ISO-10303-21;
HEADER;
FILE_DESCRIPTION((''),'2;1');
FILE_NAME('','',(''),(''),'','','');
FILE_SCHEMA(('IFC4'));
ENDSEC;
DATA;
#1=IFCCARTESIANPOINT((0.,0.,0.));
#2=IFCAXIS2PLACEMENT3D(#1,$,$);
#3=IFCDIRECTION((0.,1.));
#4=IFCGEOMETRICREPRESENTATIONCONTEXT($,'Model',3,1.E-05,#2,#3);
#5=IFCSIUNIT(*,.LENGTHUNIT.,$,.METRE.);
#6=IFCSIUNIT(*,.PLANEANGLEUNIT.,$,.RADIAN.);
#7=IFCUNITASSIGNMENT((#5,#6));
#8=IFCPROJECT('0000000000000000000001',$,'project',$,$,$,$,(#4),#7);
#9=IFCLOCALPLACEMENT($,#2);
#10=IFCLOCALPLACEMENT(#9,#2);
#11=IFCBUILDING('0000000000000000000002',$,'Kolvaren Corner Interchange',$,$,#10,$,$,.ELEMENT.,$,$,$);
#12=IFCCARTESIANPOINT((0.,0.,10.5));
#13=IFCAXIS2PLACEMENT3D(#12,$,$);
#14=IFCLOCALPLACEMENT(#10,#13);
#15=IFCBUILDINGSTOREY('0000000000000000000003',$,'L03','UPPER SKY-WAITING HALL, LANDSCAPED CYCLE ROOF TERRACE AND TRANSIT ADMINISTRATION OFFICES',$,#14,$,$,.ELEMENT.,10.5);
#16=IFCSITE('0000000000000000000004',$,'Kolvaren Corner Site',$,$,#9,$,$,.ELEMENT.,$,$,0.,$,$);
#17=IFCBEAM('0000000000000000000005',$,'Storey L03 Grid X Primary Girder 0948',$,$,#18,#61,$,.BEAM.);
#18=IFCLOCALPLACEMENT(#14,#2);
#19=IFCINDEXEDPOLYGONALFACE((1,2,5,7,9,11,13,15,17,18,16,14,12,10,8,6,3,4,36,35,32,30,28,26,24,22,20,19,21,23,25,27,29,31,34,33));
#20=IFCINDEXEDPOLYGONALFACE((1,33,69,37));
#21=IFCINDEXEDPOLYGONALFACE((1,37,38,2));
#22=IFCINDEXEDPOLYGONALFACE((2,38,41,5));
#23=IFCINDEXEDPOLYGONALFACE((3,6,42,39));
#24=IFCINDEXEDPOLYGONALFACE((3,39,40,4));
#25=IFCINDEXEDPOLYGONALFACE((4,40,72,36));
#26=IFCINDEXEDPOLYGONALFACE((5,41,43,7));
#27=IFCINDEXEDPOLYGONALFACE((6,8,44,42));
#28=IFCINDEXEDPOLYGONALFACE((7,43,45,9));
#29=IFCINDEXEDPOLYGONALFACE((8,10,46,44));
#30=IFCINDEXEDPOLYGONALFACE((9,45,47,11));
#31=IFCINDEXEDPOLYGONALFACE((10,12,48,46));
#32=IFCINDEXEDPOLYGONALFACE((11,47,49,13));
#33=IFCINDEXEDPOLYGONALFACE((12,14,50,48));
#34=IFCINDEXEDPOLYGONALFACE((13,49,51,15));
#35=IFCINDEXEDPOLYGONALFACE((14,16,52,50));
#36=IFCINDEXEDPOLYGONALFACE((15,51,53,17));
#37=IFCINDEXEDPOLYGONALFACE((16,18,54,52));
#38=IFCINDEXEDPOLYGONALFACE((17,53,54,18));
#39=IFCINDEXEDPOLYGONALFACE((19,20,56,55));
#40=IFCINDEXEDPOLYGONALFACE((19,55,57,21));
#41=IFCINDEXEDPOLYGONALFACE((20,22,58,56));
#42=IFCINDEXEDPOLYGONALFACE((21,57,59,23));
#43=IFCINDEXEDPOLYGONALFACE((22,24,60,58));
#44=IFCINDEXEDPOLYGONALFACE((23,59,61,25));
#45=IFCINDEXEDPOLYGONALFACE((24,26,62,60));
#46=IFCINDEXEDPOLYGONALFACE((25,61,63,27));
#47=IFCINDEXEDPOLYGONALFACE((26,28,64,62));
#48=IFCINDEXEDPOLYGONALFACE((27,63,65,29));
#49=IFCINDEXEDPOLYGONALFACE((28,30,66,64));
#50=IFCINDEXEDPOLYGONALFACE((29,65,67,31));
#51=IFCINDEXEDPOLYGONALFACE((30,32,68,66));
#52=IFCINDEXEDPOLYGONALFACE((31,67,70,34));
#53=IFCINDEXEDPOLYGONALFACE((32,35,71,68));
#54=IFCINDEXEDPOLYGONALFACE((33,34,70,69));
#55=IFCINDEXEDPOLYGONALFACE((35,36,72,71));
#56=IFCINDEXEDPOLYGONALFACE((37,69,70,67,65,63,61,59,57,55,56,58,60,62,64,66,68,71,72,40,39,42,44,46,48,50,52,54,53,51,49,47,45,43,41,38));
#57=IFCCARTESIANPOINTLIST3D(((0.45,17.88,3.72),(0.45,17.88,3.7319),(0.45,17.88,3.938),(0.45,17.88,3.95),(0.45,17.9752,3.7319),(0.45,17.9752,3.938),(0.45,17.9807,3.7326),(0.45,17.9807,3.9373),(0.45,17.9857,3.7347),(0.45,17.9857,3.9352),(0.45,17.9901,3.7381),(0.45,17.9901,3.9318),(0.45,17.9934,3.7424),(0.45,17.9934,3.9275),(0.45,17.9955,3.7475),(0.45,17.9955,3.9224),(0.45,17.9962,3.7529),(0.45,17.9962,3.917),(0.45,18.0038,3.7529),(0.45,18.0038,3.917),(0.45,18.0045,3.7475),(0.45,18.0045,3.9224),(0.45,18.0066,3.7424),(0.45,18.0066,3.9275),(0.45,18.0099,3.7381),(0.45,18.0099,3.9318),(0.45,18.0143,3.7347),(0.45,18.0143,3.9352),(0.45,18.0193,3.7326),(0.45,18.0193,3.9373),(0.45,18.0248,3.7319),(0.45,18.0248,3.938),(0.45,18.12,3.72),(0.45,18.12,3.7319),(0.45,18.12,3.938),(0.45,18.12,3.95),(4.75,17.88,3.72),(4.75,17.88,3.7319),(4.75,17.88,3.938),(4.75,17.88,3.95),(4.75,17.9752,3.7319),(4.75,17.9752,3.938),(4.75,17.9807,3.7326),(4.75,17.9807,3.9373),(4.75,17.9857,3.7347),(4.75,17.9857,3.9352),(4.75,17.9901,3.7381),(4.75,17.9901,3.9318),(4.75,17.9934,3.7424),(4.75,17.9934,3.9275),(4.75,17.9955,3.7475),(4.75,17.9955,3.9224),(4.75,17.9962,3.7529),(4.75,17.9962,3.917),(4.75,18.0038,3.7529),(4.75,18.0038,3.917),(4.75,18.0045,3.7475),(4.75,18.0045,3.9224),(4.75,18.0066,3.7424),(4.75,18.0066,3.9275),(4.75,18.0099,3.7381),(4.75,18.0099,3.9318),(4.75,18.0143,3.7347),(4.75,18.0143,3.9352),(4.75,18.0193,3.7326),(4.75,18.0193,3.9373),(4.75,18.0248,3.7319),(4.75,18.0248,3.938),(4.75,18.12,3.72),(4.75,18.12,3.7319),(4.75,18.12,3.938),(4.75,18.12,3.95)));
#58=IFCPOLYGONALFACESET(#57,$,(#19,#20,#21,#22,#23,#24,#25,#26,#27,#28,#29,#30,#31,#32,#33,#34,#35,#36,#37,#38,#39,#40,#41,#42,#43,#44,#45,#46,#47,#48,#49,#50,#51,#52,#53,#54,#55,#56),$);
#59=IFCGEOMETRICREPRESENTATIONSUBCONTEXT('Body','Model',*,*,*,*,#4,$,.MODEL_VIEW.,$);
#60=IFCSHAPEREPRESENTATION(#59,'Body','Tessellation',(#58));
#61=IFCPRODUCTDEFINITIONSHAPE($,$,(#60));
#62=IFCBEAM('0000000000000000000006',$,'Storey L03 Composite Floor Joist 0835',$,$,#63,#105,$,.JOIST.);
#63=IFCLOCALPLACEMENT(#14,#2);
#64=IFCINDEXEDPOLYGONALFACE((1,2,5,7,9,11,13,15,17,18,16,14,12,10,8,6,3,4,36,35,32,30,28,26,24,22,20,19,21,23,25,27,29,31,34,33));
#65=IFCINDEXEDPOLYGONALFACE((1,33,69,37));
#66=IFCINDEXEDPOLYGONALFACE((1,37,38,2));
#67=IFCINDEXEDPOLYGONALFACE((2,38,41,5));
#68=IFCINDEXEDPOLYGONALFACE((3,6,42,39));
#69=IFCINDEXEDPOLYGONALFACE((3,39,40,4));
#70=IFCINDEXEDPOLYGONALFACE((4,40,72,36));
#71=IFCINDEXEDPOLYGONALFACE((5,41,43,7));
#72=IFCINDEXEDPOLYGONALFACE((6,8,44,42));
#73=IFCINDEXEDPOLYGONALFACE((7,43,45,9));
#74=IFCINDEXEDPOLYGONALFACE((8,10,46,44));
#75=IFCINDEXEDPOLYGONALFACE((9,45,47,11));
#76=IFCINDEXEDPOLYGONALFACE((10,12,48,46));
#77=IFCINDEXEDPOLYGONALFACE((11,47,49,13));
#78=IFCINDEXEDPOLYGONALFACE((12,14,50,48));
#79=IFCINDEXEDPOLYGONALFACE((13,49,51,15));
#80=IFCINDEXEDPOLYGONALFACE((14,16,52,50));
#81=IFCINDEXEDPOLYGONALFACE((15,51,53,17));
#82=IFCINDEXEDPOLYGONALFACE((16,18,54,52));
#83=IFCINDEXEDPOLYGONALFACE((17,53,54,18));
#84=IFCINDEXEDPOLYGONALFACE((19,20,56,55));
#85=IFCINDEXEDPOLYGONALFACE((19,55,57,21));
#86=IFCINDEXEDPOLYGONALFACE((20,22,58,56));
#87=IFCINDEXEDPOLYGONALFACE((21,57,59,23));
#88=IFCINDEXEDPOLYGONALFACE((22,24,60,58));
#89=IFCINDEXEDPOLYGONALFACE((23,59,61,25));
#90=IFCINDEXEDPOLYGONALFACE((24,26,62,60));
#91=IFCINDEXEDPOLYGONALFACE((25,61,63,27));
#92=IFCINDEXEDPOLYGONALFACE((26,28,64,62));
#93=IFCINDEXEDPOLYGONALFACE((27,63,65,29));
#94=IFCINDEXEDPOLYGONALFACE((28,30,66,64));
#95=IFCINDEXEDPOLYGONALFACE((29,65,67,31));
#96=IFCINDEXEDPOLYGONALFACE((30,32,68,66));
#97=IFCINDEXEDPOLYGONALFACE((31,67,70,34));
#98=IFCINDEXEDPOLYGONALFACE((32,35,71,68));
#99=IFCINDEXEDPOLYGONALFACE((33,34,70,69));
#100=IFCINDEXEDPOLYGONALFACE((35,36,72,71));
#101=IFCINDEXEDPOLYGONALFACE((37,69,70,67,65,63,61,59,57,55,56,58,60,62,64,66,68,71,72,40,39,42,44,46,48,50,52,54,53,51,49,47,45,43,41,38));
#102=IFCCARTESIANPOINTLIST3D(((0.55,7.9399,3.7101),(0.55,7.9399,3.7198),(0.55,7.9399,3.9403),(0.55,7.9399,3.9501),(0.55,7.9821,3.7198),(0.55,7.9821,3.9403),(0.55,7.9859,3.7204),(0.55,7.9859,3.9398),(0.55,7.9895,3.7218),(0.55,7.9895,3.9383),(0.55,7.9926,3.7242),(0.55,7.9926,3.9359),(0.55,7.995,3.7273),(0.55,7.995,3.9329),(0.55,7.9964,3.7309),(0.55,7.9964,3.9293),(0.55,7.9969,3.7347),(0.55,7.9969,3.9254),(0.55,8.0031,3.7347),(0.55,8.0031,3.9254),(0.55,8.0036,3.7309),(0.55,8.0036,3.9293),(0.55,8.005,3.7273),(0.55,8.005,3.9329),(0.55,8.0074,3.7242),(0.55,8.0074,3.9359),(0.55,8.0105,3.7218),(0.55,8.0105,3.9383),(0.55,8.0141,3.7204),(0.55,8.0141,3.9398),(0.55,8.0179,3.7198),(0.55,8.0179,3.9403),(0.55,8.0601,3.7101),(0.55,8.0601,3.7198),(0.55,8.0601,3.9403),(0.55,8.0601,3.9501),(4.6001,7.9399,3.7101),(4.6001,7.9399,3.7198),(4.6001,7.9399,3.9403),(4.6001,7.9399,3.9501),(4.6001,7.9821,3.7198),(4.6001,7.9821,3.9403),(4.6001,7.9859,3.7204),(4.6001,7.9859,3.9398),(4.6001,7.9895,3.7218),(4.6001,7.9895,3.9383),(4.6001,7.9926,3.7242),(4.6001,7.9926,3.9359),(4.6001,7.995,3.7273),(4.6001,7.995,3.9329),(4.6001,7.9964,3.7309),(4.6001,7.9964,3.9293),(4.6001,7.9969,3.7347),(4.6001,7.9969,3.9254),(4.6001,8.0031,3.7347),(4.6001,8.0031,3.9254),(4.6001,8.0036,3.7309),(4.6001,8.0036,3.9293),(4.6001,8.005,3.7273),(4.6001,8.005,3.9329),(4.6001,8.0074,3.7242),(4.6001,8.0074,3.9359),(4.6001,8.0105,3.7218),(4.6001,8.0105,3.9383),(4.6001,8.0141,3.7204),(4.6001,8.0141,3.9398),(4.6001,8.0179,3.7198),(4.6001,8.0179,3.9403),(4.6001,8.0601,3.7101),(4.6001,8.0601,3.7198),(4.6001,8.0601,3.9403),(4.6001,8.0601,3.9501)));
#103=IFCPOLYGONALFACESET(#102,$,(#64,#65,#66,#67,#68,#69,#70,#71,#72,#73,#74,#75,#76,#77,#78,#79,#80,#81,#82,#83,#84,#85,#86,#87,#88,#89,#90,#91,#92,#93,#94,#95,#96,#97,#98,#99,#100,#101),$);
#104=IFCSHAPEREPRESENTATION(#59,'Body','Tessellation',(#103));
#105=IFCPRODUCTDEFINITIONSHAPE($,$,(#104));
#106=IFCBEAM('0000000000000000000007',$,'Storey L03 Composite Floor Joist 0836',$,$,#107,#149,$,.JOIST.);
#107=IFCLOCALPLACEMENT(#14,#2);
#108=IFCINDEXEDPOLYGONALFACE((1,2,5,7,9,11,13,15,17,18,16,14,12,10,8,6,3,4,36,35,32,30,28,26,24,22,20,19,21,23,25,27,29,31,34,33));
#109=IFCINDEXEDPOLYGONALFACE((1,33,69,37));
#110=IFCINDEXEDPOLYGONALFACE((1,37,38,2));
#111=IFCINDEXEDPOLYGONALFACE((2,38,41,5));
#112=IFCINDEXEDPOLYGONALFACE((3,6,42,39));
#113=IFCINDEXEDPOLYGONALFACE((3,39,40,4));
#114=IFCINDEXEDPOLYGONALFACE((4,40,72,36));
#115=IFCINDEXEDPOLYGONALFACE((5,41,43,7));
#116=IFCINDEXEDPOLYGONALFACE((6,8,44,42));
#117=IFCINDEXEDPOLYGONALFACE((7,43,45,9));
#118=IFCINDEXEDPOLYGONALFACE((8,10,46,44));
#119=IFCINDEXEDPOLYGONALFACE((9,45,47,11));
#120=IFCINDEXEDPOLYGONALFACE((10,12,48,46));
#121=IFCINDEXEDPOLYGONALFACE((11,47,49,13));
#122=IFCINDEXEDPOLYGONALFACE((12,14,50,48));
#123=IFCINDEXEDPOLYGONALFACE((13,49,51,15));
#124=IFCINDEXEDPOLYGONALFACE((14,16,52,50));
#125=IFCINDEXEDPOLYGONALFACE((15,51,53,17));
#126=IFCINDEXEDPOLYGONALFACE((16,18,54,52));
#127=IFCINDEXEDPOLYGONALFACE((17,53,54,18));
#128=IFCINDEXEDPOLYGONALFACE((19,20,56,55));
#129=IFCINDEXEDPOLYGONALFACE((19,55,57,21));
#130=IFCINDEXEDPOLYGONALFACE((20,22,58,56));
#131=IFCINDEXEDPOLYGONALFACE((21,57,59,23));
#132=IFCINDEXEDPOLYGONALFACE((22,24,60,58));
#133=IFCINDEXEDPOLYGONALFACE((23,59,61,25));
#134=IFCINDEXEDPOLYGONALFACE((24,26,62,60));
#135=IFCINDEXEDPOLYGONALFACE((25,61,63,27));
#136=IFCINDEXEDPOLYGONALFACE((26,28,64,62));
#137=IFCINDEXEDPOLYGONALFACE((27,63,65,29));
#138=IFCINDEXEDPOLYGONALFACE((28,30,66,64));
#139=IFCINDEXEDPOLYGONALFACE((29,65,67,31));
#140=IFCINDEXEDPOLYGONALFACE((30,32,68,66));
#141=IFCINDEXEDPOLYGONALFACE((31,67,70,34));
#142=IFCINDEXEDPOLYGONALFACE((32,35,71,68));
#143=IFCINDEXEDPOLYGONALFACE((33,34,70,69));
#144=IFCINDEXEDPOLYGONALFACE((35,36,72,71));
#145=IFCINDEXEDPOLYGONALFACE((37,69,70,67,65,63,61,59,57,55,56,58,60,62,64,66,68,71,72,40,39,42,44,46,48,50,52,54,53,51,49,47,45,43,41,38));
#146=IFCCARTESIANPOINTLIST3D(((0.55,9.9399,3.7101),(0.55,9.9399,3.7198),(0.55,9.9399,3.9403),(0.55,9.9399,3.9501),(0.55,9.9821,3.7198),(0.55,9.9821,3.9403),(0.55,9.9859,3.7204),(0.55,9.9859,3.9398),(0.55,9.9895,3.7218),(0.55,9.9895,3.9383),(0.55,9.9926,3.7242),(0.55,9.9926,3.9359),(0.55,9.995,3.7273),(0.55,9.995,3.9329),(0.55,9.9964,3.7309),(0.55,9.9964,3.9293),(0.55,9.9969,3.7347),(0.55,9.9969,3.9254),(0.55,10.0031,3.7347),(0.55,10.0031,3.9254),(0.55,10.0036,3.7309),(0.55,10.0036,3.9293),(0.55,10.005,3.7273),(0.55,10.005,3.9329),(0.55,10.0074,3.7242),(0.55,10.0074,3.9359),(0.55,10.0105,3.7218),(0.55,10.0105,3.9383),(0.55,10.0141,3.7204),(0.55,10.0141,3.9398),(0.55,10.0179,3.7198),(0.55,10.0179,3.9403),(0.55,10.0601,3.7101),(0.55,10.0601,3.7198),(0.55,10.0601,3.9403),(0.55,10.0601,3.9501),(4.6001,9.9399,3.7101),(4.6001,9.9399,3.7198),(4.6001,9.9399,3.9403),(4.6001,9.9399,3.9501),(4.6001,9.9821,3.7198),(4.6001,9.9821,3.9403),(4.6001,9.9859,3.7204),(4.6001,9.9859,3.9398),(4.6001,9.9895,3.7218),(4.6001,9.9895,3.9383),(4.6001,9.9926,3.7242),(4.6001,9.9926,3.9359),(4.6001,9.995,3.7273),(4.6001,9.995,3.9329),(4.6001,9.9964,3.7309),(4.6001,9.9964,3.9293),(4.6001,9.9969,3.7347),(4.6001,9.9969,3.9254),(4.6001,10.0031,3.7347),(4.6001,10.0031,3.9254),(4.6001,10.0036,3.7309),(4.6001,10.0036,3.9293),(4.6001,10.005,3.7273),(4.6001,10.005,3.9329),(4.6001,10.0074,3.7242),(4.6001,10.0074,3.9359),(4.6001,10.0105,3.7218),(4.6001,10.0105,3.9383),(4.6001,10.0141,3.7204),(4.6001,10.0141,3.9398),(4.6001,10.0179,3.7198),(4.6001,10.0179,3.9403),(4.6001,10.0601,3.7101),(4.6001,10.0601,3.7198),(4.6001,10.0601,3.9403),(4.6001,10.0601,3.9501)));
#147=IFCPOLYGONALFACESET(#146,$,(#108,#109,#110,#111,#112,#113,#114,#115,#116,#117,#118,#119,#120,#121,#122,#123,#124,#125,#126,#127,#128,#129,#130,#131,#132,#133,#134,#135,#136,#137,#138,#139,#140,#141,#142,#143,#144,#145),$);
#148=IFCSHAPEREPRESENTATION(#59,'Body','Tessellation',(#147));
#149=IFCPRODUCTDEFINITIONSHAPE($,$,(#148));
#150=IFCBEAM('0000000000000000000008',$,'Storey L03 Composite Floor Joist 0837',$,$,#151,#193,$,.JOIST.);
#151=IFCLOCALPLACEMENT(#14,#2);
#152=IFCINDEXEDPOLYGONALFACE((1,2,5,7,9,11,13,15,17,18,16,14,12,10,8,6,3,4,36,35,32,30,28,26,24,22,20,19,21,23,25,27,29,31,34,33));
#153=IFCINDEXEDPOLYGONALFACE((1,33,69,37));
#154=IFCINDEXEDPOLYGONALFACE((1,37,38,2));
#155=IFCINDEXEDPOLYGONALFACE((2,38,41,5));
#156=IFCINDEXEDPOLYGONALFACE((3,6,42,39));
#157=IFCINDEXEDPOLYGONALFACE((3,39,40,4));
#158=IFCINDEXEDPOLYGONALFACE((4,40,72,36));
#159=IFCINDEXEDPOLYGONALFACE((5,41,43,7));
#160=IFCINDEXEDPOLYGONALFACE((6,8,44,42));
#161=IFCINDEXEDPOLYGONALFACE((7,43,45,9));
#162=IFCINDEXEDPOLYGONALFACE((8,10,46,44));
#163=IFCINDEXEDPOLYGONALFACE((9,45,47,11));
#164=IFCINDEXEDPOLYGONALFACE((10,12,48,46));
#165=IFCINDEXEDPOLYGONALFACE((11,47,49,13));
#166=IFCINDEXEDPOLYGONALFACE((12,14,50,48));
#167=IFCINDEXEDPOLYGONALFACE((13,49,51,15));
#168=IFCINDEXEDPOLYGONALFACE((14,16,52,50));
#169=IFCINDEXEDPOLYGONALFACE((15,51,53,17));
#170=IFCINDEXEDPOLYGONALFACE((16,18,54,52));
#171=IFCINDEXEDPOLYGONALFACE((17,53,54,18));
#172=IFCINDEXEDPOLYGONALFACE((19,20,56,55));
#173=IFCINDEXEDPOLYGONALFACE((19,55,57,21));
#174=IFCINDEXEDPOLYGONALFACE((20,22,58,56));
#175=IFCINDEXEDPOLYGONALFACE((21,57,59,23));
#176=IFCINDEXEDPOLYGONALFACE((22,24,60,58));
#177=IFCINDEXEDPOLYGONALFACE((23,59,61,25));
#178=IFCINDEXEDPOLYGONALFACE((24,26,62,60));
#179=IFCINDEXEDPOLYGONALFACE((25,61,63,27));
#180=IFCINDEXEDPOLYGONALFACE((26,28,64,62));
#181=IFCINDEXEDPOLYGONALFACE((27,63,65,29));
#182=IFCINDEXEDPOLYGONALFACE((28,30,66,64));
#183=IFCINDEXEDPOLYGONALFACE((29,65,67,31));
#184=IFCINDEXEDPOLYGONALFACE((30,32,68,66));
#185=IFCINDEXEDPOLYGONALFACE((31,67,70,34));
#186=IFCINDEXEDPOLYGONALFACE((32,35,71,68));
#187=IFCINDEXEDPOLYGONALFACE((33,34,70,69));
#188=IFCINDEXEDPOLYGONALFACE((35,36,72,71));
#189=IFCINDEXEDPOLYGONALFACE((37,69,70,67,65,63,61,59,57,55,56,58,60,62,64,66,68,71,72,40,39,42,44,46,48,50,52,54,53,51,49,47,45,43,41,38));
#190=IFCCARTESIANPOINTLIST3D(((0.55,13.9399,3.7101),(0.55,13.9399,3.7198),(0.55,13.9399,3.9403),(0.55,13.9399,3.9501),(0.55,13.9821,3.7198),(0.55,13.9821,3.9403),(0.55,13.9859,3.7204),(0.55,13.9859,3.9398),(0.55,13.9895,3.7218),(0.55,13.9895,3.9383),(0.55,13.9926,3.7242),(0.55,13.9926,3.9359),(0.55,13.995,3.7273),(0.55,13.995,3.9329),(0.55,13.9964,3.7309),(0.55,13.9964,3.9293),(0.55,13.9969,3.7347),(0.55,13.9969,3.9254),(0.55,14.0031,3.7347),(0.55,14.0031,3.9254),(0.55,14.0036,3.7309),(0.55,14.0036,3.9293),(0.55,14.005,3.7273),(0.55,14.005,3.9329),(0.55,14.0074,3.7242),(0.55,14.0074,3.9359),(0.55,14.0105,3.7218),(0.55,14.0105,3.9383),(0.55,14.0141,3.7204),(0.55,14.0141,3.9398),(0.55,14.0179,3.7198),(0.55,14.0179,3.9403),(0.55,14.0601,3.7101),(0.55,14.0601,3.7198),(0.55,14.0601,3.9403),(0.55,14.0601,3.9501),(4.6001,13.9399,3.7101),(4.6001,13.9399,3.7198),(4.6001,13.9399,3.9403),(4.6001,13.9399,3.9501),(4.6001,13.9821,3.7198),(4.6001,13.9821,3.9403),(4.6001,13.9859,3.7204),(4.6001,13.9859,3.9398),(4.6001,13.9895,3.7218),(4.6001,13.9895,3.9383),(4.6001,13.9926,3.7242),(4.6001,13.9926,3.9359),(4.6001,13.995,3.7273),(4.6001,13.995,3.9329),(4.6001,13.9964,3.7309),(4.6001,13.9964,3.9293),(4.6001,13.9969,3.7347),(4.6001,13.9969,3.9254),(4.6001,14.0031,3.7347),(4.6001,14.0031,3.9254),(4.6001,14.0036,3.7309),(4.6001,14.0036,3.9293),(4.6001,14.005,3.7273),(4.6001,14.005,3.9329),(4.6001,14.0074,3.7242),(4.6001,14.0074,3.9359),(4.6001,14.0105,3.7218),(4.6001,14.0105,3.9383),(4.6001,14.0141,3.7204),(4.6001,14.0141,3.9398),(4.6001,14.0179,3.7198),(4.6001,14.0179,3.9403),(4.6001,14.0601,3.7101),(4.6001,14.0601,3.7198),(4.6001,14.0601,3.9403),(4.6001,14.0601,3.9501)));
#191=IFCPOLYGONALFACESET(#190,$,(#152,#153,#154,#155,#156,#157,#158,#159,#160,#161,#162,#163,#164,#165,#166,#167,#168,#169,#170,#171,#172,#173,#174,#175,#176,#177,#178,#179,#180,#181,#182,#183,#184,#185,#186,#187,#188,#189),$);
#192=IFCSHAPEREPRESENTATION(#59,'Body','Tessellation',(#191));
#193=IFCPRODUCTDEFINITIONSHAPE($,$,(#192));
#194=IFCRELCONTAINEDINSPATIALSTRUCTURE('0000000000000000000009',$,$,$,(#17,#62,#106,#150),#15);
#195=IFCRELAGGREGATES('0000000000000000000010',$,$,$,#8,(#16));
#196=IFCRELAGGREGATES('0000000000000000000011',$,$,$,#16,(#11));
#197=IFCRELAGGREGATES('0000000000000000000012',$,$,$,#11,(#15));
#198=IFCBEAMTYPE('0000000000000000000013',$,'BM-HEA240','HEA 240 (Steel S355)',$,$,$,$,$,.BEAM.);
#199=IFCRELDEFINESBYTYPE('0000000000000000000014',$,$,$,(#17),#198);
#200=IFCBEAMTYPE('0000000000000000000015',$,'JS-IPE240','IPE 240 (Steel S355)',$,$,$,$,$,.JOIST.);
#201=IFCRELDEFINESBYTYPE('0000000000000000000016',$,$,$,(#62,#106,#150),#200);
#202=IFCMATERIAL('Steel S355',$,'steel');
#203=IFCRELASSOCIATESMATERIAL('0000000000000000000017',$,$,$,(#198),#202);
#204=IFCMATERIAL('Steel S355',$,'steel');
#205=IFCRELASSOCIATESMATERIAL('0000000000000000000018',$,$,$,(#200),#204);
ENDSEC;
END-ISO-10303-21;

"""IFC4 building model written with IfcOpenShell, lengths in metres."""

from ifc_helpers import new_model, si_unit, direction, frame, origin, origin_2d, place, context, subcontext, project, spatial, i_section, extrude, material, material_profile, profile_set, type_object, element, save


model = new_model("IFC4")

# Units and contexts
model_context = context("Model", 3, precision=1e-05, world=origin(), true_north=direction((0.0, 1.0)))
body_context = subcontext(model_context, "Body", "Model", "MODEL_VIEW")
ifc_project = project(units=[si_unit("LENGTHUNIT", "METRE"), si_unit("PLANEANGLEUNIT", "RADIAN")], contexts=[model_context])

# Site, building, storey
site_placement = place(None, origin())
site = spatial("IfcSite", under=ifc_project, at=site_placement, Name="Kolvaren Corner Site", CompositionType="ELEMENT", RefElevation=0.0)
building_placement = place(site_placement, origin())
building = spatial("IfcBuilding", under=site, at=building_placement, Name="Kolvaren Corner Interchange", CompositionType="ELEMENT")
storey_placement = place(building_placement, frame((0.0, 0.0, 10.5)))
storey = spatial("IfcBuildingStorey", under=building, at=storey_placement, Name="L03", Description="UPPER SKY-WAITING HALL, LANDSCAPED CYCLE ROOF TERRACE AND TRANSIT ADMINISTRATION OFFICES", CompositionType="ELEMENT", Elevation=10.5)

# Beams
ifc_material_1 = material(Name="Steel S355", Category="steel")
ifc_material_profile_1 = material_profile(ifc_material_1, i_section(OverallWidth=0.24, OverallDepth=0.23, WebThickness=0.0076, FlangeThickness=0.012, FilletRadius=0.021, at=origin_2d()), Name="HEA 240")
ifc_profile_set_1 = profile_set([ifc_material_profile_1], Name="Steel S355")
beam_type_1 = type_object("IfcBeamType", Name="BM-HEA240", Description="HEA 240 (Steel S355)", PredefinedType="BEAM", material=ifc_profile_set_1)
for number, where, z_axis, x_axis, name in (
    (1, (0.45, 18.0, 3.835), (1.0, 0.0, 0.0), (0.0, 1.0, 0.0), "Storey L03 Grid X Primary Girder 0948"),
):
    element("IfcBeam", number, at=place(storey_placement, frame(where, z_axis=z_axis, x_axis=x_axis)), inside=storey, type_object=beam_type_1, Name=name, PredefinedType="BEAM", context=body_context, shape_type="SweptSolid", body=[
        extrude(i_section(OverallWidth=0.24, OverallDepth=0.23, WebThickness=0.0076, FlangeThickness=0.012, FilletRadius=0.021, at=origin_2d()), origin(), (0.0, 0.0, 1.0), 4.3),
    ])
ifc_material_2 = material(Name="Steel S355", Category="steel")
ifc_material_profile_2 = material_profile(ifc_material_2, i_section(OverallWidth=0.1201, OverallDepth=0.24, WebThickness=0.0061, FlangeThickness=0.0098, FilletRadius=0.0149, at=origin_2d()), Name="IPE 240")
ifc_profile_set_2 = profile_set([ifc_material_profile_2], Name="Steel S355")
beam_type_2 = type_object("IfcBeamType", Name="JS-IPE240", Description="IPE 240 (Steel S355)", PredefinedType="JOIST", material=ifc_profile_set_2)
for number, where, z_axis, x_axis, name in (
    (2, (0.55, 8.0, 3.8301), (1.0, 0.0, 0.0), (0.0, 1.0, 0.0), "Storey L03 Composite Floor Joist 0835"),
    (3, (0.55, 10.0, 3.8301), (1.0, 0.0, 0.0), (0.0, 1.0, 0.0), "Storey L03 Composite Floor Joist 0836"),
    (4, (0.55, 14.0, 3.8301), (1.0, 0.0, 0.0), (0.0, 1.0, 0.0), "Storey L03 Composite Floor Joist 0837"),
):
    element("IfcBeam", number, at=place(storey_placement, frame(where, z_axis=z_axis, x_axis=x_axis)), inside=storey, type_object=beam_type_2, Name=name, PredefinedType="JOIST", context=body_context, shape_type="SweptSolid", body=[
        extrude(i_section(OverallWidth=0.1201, OverallDepth=0.24, WebThickness=0.0061, FlangeThickness=0.0098, FilletRadius=0.0149, at=origin_2d()), origin(), (0.0, 0.0, 1.0), 4.05),
    ])

save(model, "model.ifc")
